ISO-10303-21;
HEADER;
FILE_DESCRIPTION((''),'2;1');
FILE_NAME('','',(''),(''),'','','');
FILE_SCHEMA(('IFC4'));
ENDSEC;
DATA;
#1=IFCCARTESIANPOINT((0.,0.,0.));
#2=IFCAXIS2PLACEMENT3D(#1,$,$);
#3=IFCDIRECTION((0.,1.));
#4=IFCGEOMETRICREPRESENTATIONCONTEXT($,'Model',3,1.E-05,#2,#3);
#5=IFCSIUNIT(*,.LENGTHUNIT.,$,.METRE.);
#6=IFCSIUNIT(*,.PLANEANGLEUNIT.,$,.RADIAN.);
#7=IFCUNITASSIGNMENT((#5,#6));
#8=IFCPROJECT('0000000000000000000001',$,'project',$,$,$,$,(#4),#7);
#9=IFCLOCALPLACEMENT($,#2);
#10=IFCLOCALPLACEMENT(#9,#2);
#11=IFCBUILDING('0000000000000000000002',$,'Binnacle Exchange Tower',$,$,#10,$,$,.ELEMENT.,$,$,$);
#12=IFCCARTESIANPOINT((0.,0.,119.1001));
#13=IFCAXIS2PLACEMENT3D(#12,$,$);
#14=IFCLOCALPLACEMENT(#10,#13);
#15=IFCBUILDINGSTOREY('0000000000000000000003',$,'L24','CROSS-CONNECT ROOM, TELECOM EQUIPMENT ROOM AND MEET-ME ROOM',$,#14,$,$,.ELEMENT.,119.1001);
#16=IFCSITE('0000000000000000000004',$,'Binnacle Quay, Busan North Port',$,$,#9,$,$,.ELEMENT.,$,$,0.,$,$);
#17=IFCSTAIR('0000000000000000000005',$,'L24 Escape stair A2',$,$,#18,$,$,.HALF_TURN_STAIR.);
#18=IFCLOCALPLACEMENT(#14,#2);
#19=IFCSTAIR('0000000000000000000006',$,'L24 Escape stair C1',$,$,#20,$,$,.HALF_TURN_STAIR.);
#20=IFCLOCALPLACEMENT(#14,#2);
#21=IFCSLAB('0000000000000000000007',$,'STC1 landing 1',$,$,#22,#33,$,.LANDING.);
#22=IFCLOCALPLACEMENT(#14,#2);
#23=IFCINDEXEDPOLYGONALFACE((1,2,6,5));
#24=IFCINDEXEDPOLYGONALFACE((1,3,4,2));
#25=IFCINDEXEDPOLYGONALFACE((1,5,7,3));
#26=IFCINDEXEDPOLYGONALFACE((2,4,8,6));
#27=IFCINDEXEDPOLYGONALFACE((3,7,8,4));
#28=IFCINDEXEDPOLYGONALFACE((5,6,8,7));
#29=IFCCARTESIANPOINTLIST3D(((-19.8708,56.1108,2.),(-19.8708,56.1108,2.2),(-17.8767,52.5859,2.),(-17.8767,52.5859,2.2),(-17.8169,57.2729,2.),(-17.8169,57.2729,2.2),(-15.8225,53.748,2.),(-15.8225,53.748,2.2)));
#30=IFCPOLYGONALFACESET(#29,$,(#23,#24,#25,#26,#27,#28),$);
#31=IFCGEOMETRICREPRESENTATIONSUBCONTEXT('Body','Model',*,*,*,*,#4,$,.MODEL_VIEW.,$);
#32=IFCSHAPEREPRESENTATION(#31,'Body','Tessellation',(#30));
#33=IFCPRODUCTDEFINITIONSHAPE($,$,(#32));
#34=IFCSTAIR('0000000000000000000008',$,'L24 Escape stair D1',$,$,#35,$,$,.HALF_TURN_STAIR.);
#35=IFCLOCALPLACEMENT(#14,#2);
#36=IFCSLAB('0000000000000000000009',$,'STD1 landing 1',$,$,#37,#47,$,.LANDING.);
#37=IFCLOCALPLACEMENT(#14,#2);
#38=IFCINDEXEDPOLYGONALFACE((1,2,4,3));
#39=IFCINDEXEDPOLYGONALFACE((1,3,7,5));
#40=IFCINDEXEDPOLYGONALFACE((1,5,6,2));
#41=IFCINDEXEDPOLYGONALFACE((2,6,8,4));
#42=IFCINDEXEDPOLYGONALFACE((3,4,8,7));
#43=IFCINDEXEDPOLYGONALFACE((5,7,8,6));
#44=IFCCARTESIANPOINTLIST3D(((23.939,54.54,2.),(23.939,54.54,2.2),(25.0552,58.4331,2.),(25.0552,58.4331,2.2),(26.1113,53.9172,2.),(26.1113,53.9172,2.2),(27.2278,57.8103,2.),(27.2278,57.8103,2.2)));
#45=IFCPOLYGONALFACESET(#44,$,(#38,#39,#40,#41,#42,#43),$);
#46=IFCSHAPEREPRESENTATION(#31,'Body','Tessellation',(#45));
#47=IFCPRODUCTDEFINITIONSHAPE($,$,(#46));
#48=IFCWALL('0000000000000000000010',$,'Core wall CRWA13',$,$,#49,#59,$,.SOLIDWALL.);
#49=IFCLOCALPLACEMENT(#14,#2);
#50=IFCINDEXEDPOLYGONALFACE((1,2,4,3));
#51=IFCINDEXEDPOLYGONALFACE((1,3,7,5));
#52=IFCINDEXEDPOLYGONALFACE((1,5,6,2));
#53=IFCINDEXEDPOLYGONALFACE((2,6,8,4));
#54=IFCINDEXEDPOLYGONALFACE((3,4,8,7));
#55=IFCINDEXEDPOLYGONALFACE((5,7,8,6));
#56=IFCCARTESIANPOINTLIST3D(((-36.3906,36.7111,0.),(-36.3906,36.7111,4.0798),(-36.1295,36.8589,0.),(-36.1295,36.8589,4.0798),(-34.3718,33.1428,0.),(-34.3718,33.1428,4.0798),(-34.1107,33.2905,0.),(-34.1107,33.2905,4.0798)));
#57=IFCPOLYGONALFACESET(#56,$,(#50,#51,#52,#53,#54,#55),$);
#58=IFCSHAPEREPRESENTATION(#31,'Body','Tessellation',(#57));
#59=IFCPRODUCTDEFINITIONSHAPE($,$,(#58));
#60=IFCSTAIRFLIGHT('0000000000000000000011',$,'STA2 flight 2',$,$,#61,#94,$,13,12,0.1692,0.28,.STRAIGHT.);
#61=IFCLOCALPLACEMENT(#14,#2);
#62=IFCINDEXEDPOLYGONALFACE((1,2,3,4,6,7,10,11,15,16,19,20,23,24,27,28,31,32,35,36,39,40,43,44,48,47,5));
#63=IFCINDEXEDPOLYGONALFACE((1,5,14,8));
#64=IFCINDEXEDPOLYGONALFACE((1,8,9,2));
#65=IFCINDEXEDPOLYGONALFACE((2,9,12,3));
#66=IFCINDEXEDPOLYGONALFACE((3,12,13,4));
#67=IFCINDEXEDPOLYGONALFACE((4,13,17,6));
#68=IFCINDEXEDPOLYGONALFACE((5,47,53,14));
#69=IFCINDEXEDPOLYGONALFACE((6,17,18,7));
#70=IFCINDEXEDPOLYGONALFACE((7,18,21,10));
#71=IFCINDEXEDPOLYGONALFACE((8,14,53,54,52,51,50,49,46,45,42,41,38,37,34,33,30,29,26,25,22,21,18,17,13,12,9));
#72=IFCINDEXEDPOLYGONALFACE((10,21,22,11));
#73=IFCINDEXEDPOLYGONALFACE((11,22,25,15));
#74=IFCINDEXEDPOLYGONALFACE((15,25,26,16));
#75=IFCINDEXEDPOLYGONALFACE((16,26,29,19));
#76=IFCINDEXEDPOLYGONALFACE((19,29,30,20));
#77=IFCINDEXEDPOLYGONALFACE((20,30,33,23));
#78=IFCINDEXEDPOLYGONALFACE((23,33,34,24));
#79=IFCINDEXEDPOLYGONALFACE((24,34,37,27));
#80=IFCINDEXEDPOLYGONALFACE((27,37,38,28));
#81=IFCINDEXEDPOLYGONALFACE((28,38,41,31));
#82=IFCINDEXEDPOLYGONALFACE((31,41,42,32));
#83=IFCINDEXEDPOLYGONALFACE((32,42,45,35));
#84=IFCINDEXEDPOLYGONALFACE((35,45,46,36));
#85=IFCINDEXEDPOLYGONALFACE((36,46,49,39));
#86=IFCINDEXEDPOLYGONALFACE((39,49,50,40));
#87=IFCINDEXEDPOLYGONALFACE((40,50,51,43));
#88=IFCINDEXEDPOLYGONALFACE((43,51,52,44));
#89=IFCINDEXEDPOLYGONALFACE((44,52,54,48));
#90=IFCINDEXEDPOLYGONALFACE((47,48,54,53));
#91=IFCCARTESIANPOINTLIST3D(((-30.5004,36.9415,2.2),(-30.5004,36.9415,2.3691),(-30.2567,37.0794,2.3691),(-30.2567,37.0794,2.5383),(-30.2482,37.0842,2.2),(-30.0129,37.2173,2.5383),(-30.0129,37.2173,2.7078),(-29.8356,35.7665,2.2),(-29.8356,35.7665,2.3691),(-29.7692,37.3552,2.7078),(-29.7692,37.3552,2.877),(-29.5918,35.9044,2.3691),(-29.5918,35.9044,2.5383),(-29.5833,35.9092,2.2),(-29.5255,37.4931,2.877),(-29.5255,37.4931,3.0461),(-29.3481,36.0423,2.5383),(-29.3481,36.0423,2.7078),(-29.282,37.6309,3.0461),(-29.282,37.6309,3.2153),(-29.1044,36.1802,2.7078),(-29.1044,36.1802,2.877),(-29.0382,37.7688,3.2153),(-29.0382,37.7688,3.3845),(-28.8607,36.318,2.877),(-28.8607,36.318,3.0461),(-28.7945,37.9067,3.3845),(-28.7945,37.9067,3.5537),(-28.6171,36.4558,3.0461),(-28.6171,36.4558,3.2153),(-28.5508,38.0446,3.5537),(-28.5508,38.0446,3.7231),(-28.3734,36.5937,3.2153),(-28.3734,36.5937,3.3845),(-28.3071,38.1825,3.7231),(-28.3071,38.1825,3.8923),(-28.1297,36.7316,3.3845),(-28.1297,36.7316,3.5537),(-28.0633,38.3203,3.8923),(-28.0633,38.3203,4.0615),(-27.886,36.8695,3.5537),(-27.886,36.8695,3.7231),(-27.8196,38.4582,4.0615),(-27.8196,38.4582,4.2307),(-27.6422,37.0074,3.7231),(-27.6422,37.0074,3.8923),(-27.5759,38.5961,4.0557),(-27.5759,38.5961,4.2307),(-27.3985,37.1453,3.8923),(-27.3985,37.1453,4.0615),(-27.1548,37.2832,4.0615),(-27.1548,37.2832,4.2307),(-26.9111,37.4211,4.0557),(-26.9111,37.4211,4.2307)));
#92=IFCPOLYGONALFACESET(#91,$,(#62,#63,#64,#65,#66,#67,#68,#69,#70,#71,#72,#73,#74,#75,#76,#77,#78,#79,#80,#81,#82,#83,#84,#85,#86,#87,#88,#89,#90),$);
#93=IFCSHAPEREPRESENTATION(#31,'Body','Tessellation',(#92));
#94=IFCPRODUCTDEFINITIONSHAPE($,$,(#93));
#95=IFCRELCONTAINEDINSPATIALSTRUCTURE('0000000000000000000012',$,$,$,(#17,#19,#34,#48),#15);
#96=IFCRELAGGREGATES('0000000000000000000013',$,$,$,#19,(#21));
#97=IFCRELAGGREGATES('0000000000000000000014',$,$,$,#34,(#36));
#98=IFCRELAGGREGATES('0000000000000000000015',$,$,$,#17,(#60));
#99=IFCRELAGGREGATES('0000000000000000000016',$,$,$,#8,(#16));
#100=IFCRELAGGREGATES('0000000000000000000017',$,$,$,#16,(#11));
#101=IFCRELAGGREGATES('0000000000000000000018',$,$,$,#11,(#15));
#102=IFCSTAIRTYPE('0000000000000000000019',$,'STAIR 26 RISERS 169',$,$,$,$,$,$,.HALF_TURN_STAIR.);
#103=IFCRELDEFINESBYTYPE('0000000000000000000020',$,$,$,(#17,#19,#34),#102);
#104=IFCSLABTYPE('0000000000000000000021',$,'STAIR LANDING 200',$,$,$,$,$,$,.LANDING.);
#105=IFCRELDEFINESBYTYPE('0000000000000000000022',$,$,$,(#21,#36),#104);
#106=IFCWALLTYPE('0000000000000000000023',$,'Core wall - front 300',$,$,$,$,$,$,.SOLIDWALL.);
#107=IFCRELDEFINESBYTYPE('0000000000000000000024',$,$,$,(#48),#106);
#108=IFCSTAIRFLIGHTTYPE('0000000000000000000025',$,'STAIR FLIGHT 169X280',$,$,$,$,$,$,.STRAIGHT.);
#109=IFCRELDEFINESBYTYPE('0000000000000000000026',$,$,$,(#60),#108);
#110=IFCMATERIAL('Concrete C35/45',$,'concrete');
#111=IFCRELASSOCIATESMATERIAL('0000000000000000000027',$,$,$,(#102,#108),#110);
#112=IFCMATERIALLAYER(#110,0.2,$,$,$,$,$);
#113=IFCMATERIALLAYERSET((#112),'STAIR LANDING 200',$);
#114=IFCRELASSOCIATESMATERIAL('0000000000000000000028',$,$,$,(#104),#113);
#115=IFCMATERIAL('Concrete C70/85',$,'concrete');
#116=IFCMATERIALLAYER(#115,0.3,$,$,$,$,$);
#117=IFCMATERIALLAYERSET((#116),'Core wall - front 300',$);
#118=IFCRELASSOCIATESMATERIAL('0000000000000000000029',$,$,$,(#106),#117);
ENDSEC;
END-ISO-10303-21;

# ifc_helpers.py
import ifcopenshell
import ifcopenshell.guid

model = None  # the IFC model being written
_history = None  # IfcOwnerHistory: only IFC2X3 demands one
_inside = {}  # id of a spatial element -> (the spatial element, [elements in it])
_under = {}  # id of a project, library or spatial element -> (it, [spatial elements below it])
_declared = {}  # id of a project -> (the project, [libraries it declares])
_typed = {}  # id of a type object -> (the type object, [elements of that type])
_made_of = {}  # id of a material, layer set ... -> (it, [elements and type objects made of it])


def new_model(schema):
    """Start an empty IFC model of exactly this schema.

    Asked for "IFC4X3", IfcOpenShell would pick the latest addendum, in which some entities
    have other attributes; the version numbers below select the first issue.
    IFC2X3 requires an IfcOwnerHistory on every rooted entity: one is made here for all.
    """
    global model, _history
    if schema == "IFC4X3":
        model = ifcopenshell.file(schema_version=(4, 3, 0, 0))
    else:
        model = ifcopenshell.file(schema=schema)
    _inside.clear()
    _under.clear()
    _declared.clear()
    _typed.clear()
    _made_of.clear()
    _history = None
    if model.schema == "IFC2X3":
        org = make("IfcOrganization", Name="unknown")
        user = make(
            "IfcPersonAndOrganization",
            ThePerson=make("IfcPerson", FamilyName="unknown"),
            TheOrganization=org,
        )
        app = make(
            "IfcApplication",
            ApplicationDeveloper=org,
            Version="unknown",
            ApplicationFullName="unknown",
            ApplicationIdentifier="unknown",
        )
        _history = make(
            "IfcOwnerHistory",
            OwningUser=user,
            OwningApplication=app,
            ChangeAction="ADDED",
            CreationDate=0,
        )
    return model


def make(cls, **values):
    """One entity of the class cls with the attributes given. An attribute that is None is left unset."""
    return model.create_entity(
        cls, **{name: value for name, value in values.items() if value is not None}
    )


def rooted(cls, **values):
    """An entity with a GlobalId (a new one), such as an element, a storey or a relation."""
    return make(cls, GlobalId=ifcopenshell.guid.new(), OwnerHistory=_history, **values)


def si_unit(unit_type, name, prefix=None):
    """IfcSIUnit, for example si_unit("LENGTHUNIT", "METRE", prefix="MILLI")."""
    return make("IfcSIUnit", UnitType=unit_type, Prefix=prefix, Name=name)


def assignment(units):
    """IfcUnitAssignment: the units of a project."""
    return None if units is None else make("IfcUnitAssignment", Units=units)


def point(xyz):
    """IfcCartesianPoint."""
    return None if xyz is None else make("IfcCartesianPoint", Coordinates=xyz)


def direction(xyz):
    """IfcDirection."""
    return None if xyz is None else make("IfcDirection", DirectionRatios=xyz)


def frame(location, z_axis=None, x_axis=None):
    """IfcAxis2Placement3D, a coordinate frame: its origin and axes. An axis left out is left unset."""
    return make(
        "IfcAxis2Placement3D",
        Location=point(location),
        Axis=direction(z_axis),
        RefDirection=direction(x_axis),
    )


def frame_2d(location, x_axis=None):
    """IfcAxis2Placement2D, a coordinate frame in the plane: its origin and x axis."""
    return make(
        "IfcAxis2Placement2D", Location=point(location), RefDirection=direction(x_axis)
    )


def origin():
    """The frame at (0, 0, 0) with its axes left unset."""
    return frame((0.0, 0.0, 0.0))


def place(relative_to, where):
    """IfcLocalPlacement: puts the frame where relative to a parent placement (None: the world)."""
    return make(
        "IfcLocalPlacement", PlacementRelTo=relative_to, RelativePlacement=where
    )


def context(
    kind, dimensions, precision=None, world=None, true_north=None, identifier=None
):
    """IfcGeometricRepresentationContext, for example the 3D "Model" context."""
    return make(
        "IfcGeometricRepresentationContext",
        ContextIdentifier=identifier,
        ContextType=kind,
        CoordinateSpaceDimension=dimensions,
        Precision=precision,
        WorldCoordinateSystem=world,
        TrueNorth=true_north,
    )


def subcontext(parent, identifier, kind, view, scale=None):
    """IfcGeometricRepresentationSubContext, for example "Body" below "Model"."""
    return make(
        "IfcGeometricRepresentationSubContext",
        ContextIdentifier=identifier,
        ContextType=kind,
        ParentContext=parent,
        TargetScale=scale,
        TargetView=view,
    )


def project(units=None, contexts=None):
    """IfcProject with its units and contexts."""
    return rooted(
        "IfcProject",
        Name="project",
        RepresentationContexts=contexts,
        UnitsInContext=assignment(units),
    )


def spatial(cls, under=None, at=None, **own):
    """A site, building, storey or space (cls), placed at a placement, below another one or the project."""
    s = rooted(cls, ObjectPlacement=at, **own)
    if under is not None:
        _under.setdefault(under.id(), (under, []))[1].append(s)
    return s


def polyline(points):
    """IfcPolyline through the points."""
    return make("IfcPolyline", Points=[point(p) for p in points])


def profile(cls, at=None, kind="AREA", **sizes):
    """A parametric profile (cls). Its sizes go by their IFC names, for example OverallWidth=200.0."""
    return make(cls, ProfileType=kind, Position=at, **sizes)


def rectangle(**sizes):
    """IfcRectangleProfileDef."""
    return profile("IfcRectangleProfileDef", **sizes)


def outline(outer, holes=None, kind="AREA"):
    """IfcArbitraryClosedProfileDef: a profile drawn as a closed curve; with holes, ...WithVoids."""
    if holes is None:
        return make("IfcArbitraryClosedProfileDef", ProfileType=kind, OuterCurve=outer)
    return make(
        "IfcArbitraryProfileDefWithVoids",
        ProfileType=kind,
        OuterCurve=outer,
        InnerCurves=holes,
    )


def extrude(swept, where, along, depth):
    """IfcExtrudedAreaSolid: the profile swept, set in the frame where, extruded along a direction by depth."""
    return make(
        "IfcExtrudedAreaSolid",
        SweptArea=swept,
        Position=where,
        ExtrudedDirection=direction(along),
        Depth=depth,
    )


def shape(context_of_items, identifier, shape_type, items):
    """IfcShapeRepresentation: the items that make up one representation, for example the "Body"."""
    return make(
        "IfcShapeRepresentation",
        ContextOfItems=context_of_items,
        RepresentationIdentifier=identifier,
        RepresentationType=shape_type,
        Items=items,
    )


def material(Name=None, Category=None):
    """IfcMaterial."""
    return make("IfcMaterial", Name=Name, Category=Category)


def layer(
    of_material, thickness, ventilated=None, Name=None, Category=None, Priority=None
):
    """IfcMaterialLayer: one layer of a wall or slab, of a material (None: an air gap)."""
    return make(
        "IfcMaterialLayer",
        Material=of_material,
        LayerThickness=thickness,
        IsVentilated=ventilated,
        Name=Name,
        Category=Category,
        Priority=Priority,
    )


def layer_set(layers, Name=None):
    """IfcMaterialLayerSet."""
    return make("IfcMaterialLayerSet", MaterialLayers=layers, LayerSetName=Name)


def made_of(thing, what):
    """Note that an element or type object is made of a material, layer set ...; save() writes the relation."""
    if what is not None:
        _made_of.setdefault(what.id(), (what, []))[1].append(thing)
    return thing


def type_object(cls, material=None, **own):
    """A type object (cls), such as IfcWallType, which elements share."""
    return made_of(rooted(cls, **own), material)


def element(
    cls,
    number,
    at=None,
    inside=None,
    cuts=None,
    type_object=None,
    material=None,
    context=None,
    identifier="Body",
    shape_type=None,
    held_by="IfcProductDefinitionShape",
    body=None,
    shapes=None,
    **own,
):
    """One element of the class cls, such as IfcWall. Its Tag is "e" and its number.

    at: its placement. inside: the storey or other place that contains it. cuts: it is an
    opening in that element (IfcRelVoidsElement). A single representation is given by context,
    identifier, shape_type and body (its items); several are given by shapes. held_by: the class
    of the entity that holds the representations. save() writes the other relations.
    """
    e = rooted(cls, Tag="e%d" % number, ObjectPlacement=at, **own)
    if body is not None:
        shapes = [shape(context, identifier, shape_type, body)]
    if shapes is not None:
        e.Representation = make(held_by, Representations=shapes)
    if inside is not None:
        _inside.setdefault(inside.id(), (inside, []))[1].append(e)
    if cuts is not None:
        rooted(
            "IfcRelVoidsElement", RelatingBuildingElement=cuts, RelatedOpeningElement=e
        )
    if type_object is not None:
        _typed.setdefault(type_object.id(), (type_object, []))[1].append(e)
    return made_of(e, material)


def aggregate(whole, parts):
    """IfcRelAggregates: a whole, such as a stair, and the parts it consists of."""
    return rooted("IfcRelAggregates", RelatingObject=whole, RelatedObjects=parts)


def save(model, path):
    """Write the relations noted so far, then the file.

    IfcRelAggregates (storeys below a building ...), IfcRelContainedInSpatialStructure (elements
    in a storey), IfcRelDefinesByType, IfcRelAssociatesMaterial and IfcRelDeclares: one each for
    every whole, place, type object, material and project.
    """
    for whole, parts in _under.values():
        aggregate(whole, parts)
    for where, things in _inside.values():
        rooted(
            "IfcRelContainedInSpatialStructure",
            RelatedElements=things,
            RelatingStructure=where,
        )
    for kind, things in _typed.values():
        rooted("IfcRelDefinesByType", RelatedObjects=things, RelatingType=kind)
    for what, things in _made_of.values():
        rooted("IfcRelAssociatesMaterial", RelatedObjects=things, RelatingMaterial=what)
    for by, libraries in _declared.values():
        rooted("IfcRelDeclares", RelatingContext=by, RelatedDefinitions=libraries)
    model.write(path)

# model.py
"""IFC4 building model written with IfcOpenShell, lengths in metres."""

from ifc_helpers import new_model, si_unit, direction, frame, frame_2d, origin, place, context, subcontext, project, spatial, polyline, rectangle, outline, extrude, material, layer, layer_set, type_object, element, aggregate, save


model = new_model("IFC4")

# Units and contexts
model_context = context("Model", 3, precision=1e-05, world=origin(), true_north=direction((0.0, 1.0)))
body_context = subcontext(model_context, "Body", "Model", "MODEL_VIEW")
ifc_project = project(units=[si_unit("LENGTHUNIT", "METRE"), si_unit("PLANEANGLEUNIT", "RADIAN")], contexts=[model_context])

# Site, building, storey
site_placement = place(None, origin())
site = spatial("IfcSite", under=ifc_project, at=site_placement, Name="Binnacle Quay, Busan North Port", CompositionType="ELEMENT", RefElevation=0.0)
building_placement = place(site_placement, origin())
building = spatial("IfcBuilding", under=site, at=building_placement, Name="Binnacle Exchange Tower", CompositionType="ELEMENT")
storey_placement = place(building_placement, frame((0.0, 0.0, 119.1001)))
storey = spatial("IfcBuildingStorey", under=building, at=storey_placement, Name="L24", Description="CROSS-CONNECT ROOM, TELECOM EQUIPMENT ROOM AND MEET-ME ROOM", CompositionType="ELEMENT", Elevation=119.1001)

# Shared definitions
ifc_material_1 = material(Name="Concrete C70/85", Category="concrete")

# Shared definitions
ifc_material_2 = material(Name="Concrete C35/45", Category="concrete")

# Stairs, slabs
stair_type = type_object("IfcStairType", Name="STAIR 26 RISERS 169", PredefinedType="HALF_TURN_STAIR", material=ifc_material_2)
ifc_layer_1 = layer(ifc_material_2, 0.2)
ifc_layer_set_1 = layer_set([ifc_layer_1], Name="STAIR LANDING 200")
slab_type_1 = type_object("IfcSlabType", Name="STAIR LANDING 200", PredefinedType="LANDING", material=ifc_layer_set_1)
stair_1_placement = place(storey_placement, origin())
stair_1 = element("IfcStair", 1, at=stair_1_placement, inside=storey, type_object=stair_type, Name="L24 Escape stair A2", PredefinedType="HALF_TURN_STAIR")
stair_2_placement = place(storey_placement, origin())
stair_2 = element("IfcStair", 2, at=stair_2_placement, inside=storey, type_object=stair_type, Name="L24 Escape stair C1", PredefinedType="HALF_TURN_STAIR")
slab_1_placement = place(storey_placement, frame((0.0, 0.0, 2.0)))
slab_1 = element("IfcSlab", 3, at=slab_1_placement, type_object=slab_type_1, Name="STC1 landing 1", PredefinedType="LANDING", context=body_context, shape_type="SweptSolid", body=[
    extrude(outline(polyline([(-17.8767, 52.5859), (-15.8225, 53.748), (-17.8169, 57.2729), (-19.8708, 56.1108), (-17.8767, 52.5859)])), origin(), (0.0, 0.0, 1.0), 0.2),
])
aggregate(stair_2, [slab_1])
stair_3_placement = place(storey_placement, origin())
stair_3 = element("IfcStair", 4, at=stair_3_placement, inside=storey, type_object=stair_type, Name="L24 Escape stair D1", PredefinedType="HALF_TURN_STAIR")
slab_2_placement = place(storey_placement, frame((0.0, 0.0, 2.0)))
slab_2 = element("IfcSlab", 5, at=slab_2_placement, type_object=slab_type_1, Name="STD1 landing 1", PredefinedType="LANDING", context=body_context, shape_type="SweptSolid", body=[
    extrude(outline(polyline([(23.939, 54.54), (26.1113, 53.9172), (27.2278, 57.8103), (25.0552, 58.4331), (23.939, 54.54)])), origin(), (0.0, 0.0, 1.0), 0.2),
])
aggregate(stair_3, [slab_2])

# Wall
ifc_layer_2 = layer(ifc_material_1, 0.3)
ifc_layer_set_2 = layer_set([ifc_layer_2], Name="Core wall - front 300")
wall_type = type_object("IfcWallType", Name="Core wall - front 300", PredefinedType="SOLIDWALL", material=ifc_layer_set_2)
wall_placement = place(storey_placement, frame((-36.26, 36.7849, 0.0), z_axis=(0.0, 0.0, 1.0), x_axis=(0.492408, -0.870364, 0.0)))
element("IfcWall", 6, at=wall_placement, inside=storey, type_object=wall_type, Name="Core wall CRWA13", PredefinedType="SOLIDWALL", context=body_context, shape_type="SweptSolid", body=[
    extrude(rectangle(XDim=4.0999, YDim=0.3, at=frame_2d((2.0498, 0.0))), origin(), (0.0, 0.0, 1.0), 4.0798),
])

# Stair flight
stair_flight_type = type_object("IfcStairFlightType", Name="STAIR FLIGHT 169X280", PredefinedType="STRAIGHT", material=ifc_material_2)
stair_flight_placement = place(storey_placement, frame((-30.168, 36.354, 2.2), z_axis=(0.0, 0.0, 1.0), x_axis=(0.870356, 0.492424, 0.0)))
stair_flight = element("IfcStairFlight", 7, at=stair_flight_placement, type_object=stair_flight_type, Name="STA2 flight 2", NumberOfRisers=13, NumberOfTreads=12, PredefinedType="STRAIGHT", RiserHeight=0.1692, TreadLength=0.28, context=body_context, shape_type="SweptSolid", body=[
    extrude(outline(polyline([(0.0, 0.0), (0.0, 0.1692), (0.28, 0.1692), (0.28, 0.3384), (0.5601, 0.3384), (0.5601, 0.5078), (0.8401, 0.5078), (0.8401, 0.677), (1.1201, 0.677), (1.1201, 0.8462), (1.3999, 0.8462), (1.3999, 1.0154), (1.6799, 1.0154), (1.6799, 1.1846), (1.96, 1.1846), (1.96, 1.3538), (2.24, 1.3538), (2.24, 1.5232), (2.52, 1.5232), (2.52, 1.6924), (2.8, 1.6924), (2.8, 1.8616), (3.0801, 1.8616), (3.0801, 2.0308), (3.3601, 2.0308), (3.3601, 2.2), (3.3601, 1.8557), (0.2898, 0.0), (0.0, 0.0)])), frame((0.0, 0.675, 0.0), z_axis=(0.0, -1.0, 0.0), x_axis=(1.0, 0.0, 0.0)), (0.0, 0.0, 1.0), 1.3501),
])
aggregate(stair_1, [stair_flight])

save(model, "model.ifc")
